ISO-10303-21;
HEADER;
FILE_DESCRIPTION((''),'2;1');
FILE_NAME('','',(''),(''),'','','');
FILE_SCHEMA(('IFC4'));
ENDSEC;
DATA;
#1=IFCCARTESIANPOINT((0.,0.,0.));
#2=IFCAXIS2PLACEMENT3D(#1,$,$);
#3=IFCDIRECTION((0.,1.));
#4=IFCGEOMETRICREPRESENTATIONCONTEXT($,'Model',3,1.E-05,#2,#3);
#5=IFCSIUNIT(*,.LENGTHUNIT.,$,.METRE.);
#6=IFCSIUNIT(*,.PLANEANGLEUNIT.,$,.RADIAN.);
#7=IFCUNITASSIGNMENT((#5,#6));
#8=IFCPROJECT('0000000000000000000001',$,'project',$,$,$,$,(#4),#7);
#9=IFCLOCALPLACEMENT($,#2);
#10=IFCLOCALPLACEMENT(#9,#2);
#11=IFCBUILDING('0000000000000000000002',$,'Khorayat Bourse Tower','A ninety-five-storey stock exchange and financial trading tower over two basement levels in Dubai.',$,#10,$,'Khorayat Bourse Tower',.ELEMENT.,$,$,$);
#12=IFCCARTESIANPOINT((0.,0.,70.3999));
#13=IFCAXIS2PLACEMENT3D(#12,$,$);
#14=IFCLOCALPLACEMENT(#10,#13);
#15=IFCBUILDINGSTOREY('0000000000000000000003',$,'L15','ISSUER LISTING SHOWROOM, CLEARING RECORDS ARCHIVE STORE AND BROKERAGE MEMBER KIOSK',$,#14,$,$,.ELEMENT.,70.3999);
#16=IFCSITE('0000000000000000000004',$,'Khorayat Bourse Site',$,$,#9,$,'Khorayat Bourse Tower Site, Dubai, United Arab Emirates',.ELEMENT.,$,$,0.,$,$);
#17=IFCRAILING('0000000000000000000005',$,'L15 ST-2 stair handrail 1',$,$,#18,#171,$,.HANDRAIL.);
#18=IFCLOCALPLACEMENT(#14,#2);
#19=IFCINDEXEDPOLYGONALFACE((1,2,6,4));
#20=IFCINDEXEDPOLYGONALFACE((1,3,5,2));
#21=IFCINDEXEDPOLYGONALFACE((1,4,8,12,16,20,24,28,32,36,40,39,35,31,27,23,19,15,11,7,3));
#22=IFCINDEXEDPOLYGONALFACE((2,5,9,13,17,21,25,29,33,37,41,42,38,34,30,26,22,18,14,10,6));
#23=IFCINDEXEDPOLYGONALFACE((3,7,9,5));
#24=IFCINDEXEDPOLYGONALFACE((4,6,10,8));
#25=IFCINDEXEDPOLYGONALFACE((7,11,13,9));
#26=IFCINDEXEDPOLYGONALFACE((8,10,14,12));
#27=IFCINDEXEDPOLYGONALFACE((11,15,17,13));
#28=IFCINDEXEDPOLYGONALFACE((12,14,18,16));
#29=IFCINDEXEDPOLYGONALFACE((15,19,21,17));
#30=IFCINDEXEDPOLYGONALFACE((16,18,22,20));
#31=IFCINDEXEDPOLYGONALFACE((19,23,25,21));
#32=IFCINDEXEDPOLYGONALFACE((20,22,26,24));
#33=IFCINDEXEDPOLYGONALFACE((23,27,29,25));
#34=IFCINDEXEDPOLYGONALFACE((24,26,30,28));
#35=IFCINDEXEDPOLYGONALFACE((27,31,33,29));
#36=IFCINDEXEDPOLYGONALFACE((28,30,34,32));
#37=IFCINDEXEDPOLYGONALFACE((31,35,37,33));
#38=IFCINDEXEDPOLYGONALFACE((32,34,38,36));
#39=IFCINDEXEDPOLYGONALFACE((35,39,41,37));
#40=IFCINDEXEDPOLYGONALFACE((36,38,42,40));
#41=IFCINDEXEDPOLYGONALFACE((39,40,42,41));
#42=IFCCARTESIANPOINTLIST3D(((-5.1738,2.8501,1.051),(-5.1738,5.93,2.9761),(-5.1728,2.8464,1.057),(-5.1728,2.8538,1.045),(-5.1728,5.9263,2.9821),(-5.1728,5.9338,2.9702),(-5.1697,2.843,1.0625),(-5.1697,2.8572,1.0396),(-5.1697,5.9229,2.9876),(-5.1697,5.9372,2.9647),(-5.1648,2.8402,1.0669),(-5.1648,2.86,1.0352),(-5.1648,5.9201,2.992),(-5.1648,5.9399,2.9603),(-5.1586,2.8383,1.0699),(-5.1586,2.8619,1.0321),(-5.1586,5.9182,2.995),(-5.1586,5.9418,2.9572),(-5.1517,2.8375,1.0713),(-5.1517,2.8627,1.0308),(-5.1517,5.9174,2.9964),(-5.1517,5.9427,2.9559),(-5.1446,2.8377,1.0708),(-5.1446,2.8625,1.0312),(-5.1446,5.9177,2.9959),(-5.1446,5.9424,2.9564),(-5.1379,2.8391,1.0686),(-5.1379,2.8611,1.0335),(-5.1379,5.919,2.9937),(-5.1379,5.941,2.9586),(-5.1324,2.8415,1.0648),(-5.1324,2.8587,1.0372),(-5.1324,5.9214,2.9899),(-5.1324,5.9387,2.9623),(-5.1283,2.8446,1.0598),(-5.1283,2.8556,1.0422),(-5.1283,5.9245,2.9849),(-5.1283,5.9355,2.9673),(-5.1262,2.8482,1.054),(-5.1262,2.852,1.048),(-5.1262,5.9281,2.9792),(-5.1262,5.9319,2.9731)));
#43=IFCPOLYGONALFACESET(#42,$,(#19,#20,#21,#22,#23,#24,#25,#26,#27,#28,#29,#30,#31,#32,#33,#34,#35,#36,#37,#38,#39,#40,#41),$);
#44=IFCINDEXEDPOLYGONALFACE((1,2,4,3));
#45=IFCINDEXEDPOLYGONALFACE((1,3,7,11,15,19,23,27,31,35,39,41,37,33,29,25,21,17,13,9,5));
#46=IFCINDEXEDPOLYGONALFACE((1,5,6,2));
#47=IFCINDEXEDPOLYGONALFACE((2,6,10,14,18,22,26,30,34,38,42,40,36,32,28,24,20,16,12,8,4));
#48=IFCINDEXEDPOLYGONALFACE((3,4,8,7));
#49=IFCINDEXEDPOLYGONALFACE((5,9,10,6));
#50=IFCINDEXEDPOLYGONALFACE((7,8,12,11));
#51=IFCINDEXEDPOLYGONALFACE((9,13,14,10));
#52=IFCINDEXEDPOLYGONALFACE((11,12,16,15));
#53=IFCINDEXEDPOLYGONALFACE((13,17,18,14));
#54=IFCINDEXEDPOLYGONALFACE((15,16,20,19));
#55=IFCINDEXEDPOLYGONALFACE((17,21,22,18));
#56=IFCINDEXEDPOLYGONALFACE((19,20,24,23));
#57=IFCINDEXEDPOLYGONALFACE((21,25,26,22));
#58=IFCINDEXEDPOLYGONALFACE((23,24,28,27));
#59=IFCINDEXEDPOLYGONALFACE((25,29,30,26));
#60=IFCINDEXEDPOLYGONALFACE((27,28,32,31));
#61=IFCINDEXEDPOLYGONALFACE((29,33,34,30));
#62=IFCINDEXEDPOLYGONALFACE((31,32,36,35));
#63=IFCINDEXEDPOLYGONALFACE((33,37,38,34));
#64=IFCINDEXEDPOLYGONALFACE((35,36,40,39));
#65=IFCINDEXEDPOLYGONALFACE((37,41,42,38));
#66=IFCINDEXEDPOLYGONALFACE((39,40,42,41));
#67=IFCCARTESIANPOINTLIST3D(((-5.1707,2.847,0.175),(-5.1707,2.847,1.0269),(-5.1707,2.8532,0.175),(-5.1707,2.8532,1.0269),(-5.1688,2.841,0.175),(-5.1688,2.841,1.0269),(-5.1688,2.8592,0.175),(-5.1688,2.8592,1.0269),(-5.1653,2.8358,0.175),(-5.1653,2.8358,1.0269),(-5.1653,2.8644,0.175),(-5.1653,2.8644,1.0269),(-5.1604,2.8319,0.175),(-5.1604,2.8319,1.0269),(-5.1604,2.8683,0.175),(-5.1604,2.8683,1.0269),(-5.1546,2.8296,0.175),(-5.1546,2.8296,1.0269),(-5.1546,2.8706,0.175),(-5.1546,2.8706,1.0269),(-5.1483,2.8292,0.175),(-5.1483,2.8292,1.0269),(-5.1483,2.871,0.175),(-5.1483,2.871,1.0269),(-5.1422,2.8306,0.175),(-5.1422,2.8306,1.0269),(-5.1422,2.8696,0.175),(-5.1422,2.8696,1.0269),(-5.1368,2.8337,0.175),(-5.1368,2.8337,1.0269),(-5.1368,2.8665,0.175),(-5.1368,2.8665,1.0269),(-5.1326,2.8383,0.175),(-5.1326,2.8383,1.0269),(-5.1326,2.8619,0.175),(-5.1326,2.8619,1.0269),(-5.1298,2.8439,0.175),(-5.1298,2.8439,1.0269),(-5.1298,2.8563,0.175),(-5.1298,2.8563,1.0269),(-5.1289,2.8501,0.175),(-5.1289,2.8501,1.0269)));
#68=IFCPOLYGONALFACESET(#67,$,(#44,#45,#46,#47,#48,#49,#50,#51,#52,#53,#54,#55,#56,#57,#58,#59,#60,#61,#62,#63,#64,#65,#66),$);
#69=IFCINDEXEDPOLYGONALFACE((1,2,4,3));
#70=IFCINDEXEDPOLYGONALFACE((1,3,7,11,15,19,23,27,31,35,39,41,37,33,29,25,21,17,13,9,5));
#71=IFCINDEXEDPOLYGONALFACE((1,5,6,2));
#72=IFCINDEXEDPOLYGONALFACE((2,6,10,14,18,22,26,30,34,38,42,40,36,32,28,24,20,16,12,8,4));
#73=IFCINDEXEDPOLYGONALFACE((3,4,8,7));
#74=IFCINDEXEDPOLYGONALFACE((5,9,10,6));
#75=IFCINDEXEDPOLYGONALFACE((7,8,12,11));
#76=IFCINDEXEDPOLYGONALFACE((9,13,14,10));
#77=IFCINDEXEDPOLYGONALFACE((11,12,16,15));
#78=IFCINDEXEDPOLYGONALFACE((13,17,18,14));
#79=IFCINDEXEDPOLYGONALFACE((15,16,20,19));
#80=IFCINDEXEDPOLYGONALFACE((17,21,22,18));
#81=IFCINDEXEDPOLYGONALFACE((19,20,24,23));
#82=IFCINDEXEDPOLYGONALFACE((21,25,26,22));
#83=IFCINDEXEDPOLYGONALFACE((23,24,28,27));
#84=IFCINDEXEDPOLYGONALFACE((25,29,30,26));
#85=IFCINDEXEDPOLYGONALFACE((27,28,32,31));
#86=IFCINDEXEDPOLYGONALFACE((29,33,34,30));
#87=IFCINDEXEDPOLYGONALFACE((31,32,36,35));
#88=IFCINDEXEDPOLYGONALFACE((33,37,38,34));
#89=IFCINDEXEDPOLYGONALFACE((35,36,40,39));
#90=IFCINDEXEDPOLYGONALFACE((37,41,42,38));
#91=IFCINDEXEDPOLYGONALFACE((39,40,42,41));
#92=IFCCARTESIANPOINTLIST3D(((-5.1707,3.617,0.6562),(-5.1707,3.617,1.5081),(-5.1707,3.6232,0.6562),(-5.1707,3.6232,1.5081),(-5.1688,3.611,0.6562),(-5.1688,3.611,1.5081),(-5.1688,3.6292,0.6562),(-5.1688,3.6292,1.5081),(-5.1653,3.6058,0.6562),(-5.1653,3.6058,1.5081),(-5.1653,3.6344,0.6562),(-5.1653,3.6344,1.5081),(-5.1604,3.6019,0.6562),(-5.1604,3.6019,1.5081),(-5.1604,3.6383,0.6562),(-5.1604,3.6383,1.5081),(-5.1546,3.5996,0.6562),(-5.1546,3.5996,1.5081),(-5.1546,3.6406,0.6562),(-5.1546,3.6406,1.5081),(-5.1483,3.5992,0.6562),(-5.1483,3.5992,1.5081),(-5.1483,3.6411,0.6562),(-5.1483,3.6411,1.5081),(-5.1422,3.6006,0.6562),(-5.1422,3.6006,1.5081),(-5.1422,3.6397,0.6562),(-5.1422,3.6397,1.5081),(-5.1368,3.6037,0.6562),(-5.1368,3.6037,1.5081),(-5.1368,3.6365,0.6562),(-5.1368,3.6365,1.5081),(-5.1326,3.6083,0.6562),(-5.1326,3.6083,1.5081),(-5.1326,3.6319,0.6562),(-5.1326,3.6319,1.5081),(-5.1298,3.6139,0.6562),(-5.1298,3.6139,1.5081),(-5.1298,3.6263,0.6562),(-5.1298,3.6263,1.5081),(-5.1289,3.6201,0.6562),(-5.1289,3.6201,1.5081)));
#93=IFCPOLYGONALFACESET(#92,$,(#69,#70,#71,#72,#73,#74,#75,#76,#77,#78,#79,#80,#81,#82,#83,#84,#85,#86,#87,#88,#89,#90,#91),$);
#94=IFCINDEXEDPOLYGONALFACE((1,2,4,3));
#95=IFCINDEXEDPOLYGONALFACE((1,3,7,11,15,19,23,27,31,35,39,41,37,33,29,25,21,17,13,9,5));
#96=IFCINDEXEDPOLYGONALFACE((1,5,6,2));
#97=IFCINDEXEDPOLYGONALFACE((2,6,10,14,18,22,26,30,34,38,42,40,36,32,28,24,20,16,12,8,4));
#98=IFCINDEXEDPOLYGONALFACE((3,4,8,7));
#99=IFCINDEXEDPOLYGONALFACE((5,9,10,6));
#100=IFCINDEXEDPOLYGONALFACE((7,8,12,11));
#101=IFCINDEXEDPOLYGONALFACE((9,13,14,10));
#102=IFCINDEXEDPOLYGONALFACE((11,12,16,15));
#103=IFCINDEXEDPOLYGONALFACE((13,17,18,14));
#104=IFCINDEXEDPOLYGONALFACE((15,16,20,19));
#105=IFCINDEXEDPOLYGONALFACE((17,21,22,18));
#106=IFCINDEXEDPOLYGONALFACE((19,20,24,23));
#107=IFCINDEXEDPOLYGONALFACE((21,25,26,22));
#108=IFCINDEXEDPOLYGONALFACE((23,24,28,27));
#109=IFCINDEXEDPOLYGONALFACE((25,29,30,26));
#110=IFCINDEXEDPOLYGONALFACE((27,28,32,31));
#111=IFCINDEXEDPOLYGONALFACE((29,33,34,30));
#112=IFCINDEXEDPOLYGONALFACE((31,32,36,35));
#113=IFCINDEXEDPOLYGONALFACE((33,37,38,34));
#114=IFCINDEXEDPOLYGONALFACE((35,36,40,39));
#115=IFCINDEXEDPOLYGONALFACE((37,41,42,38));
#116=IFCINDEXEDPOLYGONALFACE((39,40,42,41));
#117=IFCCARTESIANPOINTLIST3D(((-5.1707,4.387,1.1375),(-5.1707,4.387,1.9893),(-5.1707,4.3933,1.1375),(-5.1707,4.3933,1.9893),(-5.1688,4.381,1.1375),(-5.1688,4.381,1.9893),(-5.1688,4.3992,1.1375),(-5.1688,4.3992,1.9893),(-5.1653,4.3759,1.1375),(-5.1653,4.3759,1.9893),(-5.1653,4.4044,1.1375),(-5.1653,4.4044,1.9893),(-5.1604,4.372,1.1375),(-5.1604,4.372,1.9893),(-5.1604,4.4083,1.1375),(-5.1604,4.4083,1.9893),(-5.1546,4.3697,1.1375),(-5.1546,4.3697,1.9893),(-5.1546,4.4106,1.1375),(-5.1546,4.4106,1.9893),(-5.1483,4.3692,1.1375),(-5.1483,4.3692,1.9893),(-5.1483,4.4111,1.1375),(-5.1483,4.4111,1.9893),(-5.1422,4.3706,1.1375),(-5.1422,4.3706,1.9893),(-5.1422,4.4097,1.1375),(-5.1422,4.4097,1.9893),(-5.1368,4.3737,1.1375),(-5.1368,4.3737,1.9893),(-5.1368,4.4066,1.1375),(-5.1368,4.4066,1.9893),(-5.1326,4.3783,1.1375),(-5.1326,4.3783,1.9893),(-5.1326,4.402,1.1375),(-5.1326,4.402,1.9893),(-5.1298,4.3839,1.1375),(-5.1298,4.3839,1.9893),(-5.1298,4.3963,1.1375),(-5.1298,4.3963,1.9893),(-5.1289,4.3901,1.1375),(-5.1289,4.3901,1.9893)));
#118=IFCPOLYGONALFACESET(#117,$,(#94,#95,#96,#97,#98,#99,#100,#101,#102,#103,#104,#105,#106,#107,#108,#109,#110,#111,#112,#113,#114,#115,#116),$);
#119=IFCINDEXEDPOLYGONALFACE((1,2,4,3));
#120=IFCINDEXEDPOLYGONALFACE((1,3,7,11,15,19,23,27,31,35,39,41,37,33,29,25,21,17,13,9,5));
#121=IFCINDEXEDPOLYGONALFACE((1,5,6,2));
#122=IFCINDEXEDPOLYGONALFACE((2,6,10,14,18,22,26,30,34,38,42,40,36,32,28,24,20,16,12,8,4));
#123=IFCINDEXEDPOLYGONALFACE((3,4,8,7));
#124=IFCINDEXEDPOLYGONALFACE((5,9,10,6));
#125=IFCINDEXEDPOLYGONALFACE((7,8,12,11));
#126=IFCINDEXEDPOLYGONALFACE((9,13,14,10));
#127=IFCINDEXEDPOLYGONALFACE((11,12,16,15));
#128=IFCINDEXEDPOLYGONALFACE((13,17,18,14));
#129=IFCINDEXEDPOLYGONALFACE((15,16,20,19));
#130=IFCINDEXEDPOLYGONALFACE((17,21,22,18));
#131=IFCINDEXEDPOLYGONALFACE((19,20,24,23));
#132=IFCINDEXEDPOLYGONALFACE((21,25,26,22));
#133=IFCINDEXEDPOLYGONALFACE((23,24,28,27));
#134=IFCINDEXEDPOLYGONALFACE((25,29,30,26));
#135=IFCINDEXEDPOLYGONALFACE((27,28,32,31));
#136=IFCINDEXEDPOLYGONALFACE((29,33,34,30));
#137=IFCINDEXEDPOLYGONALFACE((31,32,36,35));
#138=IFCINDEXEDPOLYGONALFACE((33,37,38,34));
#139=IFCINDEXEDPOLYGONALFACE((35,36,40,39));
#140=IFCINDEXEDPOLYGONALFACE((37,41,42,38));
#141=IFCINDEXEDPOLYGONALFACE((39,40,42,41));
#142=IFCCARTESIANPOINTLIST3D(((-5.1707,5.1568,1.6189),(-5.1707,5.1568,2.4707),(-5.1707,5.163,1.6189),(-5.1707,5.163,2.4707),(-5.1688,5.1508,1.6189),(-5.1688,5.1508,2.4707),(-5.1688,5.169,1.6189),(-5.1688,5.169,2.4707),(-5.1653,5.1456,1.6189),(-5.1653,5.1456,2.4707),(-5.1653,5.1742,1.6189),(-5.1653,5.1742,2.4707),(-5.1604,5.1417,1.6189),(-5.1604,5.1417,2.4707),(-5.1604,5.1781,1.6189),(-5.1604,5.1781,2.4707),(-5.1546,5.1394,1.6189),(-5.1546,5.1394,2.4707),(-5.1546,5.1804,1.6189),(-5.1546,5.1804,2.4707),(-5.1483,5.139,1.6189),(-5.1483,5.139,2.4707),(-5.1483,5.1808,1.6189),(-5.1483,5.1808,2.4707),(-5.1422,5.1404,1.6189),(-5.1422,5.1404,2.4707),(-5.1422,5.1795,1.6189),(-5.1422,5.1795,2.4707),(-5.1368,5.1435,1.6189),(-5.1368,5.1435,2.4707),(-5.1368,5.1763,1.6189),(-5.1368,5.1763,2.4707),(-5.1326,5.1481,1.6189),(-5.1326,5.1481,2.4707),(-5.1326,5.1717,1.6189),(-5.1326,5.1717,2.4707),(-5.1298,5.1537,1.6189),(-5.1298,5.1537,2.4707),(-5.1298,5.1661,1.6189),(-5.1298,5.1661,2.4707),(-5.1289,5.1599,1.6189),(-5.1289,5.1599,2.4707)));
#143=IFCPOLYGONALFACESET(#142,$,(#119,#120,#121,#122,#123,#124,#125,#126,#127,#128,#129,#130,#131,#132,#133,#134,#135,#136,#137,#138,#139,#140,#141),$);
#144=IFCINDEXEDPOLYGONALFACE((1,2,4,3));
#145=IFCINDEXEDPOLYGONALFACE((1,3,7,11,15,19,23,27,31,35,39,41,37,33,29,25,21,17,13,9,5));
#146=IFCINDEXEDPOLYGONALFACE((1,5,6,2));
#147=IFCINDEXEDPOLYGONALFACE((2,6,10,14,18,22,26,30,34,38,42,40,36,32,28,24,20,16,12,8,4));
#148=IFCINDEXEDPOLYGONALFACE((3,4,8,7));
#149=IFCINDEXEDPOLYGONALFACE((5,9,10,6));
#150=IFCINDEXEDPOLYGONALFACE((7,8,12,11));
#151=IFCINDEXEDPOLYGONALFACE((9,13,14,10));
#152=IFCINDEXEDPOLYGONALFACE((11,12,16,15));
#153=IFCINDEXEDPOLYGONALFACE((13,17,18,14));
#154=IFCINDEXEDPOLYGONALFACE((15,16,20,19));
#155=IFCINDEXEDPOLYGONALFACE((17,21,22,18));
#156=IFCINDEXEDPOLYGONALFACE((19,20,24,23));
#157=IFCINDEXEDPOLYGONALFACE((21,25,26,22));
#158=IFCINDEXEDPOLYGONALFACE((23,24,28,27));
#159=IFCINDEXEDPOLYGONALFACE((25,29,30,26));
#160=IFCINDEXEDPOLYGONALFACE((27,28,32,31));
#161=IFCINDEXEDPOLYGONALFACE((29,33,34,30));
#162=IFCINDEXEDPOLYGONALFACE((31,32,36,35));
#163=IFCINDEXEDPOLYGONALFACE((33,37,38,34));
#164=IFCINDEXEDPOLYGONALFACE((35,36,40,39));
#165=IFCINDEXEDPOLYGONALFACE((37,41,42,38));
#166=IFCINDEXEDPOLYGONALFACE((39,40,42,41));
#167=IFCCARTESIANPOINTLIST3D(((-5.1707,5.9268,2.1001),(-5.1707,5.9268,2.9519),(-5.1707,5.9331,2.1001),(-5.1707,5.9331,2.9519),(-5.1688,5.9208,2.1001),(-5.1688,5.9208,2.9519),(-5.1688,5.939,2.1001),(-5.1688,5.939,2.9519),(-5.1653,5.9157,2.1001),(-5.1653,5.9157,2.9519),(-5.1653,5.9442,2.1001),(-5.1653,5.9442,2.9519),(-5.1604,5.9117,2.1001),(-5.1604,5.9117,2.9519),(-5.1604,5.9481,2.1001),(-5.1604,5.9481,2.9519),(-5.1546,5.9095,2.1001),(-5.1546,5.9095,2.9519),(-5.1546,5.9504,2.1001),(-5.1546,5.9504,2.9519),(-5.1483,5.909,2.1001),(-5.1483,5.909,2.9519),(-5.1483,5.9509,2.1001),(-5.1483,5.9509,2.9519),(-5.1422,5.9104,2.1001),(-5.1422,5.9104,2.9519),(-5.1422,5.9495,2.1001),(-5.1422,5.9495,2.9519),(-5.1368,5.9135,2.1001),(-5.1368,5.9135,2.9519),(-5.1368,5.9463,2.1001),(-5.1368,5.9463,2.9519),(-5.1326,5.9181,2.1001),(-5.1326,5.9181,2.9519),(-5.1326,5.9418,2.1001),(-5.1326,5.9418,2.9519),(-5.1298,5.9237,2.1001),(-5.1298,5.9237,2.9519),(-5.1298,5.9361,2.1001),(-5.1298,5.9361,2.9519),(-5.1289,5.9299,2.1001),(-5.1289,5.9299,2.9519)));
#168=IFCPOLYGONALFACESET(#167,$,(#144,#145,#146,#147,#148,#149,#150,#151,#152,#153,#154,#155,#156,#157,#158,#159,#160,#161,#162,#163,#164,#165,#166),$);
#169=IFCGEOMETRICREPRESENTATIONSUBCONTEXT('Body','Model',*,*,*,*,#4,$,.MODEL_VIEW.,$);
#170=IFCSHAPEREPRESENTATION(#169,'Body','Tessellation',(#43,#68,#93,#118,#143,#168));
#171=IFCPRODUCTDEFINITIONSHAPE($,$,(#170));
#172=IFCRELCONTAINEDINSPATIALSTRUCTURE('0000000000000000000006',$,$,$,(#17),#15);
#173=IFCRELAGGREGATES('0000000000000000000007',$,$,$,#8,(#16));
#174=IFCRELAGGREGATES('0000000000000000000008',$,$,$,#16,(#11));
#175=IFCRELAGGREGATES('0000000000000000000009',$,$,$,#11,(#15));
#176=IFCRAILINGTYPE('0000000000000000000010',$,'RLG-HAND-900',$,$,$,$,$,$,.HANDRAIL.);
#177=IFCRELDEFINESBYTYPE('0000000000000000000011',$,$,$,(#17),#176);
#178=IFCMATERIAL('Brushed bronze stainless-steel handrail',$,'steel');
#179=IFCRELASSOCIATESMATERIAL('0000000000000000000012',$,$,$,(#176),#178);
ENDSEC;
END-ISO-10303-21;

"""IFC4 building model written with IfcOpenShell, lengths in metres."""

from ifc_helpers import new_model, si_unit, direction, frame, origin, origin_2d, place, context, subcontext, project, spatial, circle, extrude, source, transform, mapped, material, type_object, element, save


model = new_model("IFC4")

# Units and contexts
model_context = context("Model", 3, precision=1e-05, world=origin(), true_north=direction((0.0, 1.0)))
body_context = subcontext(model_context, "Body", "Model", "MODEL_VIEW")
ifc_project = project(units=[si_unit("LENGTHUNIT", "METRE"), si_unit("PLANEANGLEUNIT", "RADIAN")], contexts=[model_context])

# Site, building, storey
site_placement = place(None, origin())
site = spatial("IfcSite", under=ifc_project, at=site_placement, Name="Khorayat Bourse Site", LongName="Khorayat Bourse Tower Site, Dubai, United Arab Emirates", CompositionType="ELEMENT", RefElevation=0.0)
building_placement = place(site_placement, origin())
building = spatial("IfcBuilding", under=site, at=building_placement, Name="Khorayat Bourse Tower", Description="A ninety-five-storey stock exchange and financial trading tower over two basement levels in Dubai.", LongName="Khorayat Bourse Tower", CompositionType="ELEMENT")
storey_placement = place(building_placement, frame((0.0, 0.0, 70.3999)))
storey = spatial("IfcBuildingStorey", under=building, at=storey_placement, Name="L15", Description="ISSUER LISTING SHOWROOM, CLEARING RECORDS ARCHIVE STORE AND BROKERAGE MEMBER KIOSK", CompositionType="ELEMENT", Elevation=70.3999)

# Railing
ifc_material_1 = material(Name="Brushed bronze stainless-steel handrail", Category="steel")
railing_type_1 = type_object("IfcRailingType", Name="RLG-HAND-900", PredefinedType="HANDRAIL", material=ifc_material_1)
shared_shape_1 = source(origin(), body_context, "Body", "SweptSolid", [
    extrude(circle(Radius=0.0239, at=origin_2d()), frame((0.0, 0.0, 0.876), z_axis=(0.0, 0.847979, 0.530029), x_axis=(-1.0, 0.0, 0.0)), (0.0, 0.0, 1.0), 3.6321),
    extrude(circle(Radius=0.021, at=origin_2d()), origin(), (0.0, 0.0, 1.0), 0.8518),
    extrude(circle(Radius=0.021, at=origin_2d()), frame((0.0, 0.77, 0.4812)), (0.0, 0.0, 1.0), 0.8518),
    extrude(circle(Radius=0.021, at=origin_2d()), frame((0.0, 1.54, 0.9624)), (0.0, 0.0, 1.0), 0.8518),
    extrude(circle(Radius=0.021, at=origin_2d()), frame((0.0, 2.3098, 1.4438)), (0.0, 0.0, 1.0), 0.8518),
    extrude(circle(Radius=0.021, at=origin_2d()), frame((0.0, 3.0798, 1.925)), (0.0, 0.0, 1.0), 0.8518),
])
railing_1_placement = place(storey_placement, frame((-5.1499, 2.8501, 0.175)))
element("IfcRailing", 1, at=railing_1_placement, inside=storey, type_object=railing_type_1, Name="L15 ST-2 stair handrail 1", PredefinedType="HANDRAIL", context=body_context, shape_type="MappedRepresentation", body=[
    mapped(shared_shape_1, transform((0.0, 0.0, 0.0), scale=1.0)),
])

save(model, "model.ifc")
